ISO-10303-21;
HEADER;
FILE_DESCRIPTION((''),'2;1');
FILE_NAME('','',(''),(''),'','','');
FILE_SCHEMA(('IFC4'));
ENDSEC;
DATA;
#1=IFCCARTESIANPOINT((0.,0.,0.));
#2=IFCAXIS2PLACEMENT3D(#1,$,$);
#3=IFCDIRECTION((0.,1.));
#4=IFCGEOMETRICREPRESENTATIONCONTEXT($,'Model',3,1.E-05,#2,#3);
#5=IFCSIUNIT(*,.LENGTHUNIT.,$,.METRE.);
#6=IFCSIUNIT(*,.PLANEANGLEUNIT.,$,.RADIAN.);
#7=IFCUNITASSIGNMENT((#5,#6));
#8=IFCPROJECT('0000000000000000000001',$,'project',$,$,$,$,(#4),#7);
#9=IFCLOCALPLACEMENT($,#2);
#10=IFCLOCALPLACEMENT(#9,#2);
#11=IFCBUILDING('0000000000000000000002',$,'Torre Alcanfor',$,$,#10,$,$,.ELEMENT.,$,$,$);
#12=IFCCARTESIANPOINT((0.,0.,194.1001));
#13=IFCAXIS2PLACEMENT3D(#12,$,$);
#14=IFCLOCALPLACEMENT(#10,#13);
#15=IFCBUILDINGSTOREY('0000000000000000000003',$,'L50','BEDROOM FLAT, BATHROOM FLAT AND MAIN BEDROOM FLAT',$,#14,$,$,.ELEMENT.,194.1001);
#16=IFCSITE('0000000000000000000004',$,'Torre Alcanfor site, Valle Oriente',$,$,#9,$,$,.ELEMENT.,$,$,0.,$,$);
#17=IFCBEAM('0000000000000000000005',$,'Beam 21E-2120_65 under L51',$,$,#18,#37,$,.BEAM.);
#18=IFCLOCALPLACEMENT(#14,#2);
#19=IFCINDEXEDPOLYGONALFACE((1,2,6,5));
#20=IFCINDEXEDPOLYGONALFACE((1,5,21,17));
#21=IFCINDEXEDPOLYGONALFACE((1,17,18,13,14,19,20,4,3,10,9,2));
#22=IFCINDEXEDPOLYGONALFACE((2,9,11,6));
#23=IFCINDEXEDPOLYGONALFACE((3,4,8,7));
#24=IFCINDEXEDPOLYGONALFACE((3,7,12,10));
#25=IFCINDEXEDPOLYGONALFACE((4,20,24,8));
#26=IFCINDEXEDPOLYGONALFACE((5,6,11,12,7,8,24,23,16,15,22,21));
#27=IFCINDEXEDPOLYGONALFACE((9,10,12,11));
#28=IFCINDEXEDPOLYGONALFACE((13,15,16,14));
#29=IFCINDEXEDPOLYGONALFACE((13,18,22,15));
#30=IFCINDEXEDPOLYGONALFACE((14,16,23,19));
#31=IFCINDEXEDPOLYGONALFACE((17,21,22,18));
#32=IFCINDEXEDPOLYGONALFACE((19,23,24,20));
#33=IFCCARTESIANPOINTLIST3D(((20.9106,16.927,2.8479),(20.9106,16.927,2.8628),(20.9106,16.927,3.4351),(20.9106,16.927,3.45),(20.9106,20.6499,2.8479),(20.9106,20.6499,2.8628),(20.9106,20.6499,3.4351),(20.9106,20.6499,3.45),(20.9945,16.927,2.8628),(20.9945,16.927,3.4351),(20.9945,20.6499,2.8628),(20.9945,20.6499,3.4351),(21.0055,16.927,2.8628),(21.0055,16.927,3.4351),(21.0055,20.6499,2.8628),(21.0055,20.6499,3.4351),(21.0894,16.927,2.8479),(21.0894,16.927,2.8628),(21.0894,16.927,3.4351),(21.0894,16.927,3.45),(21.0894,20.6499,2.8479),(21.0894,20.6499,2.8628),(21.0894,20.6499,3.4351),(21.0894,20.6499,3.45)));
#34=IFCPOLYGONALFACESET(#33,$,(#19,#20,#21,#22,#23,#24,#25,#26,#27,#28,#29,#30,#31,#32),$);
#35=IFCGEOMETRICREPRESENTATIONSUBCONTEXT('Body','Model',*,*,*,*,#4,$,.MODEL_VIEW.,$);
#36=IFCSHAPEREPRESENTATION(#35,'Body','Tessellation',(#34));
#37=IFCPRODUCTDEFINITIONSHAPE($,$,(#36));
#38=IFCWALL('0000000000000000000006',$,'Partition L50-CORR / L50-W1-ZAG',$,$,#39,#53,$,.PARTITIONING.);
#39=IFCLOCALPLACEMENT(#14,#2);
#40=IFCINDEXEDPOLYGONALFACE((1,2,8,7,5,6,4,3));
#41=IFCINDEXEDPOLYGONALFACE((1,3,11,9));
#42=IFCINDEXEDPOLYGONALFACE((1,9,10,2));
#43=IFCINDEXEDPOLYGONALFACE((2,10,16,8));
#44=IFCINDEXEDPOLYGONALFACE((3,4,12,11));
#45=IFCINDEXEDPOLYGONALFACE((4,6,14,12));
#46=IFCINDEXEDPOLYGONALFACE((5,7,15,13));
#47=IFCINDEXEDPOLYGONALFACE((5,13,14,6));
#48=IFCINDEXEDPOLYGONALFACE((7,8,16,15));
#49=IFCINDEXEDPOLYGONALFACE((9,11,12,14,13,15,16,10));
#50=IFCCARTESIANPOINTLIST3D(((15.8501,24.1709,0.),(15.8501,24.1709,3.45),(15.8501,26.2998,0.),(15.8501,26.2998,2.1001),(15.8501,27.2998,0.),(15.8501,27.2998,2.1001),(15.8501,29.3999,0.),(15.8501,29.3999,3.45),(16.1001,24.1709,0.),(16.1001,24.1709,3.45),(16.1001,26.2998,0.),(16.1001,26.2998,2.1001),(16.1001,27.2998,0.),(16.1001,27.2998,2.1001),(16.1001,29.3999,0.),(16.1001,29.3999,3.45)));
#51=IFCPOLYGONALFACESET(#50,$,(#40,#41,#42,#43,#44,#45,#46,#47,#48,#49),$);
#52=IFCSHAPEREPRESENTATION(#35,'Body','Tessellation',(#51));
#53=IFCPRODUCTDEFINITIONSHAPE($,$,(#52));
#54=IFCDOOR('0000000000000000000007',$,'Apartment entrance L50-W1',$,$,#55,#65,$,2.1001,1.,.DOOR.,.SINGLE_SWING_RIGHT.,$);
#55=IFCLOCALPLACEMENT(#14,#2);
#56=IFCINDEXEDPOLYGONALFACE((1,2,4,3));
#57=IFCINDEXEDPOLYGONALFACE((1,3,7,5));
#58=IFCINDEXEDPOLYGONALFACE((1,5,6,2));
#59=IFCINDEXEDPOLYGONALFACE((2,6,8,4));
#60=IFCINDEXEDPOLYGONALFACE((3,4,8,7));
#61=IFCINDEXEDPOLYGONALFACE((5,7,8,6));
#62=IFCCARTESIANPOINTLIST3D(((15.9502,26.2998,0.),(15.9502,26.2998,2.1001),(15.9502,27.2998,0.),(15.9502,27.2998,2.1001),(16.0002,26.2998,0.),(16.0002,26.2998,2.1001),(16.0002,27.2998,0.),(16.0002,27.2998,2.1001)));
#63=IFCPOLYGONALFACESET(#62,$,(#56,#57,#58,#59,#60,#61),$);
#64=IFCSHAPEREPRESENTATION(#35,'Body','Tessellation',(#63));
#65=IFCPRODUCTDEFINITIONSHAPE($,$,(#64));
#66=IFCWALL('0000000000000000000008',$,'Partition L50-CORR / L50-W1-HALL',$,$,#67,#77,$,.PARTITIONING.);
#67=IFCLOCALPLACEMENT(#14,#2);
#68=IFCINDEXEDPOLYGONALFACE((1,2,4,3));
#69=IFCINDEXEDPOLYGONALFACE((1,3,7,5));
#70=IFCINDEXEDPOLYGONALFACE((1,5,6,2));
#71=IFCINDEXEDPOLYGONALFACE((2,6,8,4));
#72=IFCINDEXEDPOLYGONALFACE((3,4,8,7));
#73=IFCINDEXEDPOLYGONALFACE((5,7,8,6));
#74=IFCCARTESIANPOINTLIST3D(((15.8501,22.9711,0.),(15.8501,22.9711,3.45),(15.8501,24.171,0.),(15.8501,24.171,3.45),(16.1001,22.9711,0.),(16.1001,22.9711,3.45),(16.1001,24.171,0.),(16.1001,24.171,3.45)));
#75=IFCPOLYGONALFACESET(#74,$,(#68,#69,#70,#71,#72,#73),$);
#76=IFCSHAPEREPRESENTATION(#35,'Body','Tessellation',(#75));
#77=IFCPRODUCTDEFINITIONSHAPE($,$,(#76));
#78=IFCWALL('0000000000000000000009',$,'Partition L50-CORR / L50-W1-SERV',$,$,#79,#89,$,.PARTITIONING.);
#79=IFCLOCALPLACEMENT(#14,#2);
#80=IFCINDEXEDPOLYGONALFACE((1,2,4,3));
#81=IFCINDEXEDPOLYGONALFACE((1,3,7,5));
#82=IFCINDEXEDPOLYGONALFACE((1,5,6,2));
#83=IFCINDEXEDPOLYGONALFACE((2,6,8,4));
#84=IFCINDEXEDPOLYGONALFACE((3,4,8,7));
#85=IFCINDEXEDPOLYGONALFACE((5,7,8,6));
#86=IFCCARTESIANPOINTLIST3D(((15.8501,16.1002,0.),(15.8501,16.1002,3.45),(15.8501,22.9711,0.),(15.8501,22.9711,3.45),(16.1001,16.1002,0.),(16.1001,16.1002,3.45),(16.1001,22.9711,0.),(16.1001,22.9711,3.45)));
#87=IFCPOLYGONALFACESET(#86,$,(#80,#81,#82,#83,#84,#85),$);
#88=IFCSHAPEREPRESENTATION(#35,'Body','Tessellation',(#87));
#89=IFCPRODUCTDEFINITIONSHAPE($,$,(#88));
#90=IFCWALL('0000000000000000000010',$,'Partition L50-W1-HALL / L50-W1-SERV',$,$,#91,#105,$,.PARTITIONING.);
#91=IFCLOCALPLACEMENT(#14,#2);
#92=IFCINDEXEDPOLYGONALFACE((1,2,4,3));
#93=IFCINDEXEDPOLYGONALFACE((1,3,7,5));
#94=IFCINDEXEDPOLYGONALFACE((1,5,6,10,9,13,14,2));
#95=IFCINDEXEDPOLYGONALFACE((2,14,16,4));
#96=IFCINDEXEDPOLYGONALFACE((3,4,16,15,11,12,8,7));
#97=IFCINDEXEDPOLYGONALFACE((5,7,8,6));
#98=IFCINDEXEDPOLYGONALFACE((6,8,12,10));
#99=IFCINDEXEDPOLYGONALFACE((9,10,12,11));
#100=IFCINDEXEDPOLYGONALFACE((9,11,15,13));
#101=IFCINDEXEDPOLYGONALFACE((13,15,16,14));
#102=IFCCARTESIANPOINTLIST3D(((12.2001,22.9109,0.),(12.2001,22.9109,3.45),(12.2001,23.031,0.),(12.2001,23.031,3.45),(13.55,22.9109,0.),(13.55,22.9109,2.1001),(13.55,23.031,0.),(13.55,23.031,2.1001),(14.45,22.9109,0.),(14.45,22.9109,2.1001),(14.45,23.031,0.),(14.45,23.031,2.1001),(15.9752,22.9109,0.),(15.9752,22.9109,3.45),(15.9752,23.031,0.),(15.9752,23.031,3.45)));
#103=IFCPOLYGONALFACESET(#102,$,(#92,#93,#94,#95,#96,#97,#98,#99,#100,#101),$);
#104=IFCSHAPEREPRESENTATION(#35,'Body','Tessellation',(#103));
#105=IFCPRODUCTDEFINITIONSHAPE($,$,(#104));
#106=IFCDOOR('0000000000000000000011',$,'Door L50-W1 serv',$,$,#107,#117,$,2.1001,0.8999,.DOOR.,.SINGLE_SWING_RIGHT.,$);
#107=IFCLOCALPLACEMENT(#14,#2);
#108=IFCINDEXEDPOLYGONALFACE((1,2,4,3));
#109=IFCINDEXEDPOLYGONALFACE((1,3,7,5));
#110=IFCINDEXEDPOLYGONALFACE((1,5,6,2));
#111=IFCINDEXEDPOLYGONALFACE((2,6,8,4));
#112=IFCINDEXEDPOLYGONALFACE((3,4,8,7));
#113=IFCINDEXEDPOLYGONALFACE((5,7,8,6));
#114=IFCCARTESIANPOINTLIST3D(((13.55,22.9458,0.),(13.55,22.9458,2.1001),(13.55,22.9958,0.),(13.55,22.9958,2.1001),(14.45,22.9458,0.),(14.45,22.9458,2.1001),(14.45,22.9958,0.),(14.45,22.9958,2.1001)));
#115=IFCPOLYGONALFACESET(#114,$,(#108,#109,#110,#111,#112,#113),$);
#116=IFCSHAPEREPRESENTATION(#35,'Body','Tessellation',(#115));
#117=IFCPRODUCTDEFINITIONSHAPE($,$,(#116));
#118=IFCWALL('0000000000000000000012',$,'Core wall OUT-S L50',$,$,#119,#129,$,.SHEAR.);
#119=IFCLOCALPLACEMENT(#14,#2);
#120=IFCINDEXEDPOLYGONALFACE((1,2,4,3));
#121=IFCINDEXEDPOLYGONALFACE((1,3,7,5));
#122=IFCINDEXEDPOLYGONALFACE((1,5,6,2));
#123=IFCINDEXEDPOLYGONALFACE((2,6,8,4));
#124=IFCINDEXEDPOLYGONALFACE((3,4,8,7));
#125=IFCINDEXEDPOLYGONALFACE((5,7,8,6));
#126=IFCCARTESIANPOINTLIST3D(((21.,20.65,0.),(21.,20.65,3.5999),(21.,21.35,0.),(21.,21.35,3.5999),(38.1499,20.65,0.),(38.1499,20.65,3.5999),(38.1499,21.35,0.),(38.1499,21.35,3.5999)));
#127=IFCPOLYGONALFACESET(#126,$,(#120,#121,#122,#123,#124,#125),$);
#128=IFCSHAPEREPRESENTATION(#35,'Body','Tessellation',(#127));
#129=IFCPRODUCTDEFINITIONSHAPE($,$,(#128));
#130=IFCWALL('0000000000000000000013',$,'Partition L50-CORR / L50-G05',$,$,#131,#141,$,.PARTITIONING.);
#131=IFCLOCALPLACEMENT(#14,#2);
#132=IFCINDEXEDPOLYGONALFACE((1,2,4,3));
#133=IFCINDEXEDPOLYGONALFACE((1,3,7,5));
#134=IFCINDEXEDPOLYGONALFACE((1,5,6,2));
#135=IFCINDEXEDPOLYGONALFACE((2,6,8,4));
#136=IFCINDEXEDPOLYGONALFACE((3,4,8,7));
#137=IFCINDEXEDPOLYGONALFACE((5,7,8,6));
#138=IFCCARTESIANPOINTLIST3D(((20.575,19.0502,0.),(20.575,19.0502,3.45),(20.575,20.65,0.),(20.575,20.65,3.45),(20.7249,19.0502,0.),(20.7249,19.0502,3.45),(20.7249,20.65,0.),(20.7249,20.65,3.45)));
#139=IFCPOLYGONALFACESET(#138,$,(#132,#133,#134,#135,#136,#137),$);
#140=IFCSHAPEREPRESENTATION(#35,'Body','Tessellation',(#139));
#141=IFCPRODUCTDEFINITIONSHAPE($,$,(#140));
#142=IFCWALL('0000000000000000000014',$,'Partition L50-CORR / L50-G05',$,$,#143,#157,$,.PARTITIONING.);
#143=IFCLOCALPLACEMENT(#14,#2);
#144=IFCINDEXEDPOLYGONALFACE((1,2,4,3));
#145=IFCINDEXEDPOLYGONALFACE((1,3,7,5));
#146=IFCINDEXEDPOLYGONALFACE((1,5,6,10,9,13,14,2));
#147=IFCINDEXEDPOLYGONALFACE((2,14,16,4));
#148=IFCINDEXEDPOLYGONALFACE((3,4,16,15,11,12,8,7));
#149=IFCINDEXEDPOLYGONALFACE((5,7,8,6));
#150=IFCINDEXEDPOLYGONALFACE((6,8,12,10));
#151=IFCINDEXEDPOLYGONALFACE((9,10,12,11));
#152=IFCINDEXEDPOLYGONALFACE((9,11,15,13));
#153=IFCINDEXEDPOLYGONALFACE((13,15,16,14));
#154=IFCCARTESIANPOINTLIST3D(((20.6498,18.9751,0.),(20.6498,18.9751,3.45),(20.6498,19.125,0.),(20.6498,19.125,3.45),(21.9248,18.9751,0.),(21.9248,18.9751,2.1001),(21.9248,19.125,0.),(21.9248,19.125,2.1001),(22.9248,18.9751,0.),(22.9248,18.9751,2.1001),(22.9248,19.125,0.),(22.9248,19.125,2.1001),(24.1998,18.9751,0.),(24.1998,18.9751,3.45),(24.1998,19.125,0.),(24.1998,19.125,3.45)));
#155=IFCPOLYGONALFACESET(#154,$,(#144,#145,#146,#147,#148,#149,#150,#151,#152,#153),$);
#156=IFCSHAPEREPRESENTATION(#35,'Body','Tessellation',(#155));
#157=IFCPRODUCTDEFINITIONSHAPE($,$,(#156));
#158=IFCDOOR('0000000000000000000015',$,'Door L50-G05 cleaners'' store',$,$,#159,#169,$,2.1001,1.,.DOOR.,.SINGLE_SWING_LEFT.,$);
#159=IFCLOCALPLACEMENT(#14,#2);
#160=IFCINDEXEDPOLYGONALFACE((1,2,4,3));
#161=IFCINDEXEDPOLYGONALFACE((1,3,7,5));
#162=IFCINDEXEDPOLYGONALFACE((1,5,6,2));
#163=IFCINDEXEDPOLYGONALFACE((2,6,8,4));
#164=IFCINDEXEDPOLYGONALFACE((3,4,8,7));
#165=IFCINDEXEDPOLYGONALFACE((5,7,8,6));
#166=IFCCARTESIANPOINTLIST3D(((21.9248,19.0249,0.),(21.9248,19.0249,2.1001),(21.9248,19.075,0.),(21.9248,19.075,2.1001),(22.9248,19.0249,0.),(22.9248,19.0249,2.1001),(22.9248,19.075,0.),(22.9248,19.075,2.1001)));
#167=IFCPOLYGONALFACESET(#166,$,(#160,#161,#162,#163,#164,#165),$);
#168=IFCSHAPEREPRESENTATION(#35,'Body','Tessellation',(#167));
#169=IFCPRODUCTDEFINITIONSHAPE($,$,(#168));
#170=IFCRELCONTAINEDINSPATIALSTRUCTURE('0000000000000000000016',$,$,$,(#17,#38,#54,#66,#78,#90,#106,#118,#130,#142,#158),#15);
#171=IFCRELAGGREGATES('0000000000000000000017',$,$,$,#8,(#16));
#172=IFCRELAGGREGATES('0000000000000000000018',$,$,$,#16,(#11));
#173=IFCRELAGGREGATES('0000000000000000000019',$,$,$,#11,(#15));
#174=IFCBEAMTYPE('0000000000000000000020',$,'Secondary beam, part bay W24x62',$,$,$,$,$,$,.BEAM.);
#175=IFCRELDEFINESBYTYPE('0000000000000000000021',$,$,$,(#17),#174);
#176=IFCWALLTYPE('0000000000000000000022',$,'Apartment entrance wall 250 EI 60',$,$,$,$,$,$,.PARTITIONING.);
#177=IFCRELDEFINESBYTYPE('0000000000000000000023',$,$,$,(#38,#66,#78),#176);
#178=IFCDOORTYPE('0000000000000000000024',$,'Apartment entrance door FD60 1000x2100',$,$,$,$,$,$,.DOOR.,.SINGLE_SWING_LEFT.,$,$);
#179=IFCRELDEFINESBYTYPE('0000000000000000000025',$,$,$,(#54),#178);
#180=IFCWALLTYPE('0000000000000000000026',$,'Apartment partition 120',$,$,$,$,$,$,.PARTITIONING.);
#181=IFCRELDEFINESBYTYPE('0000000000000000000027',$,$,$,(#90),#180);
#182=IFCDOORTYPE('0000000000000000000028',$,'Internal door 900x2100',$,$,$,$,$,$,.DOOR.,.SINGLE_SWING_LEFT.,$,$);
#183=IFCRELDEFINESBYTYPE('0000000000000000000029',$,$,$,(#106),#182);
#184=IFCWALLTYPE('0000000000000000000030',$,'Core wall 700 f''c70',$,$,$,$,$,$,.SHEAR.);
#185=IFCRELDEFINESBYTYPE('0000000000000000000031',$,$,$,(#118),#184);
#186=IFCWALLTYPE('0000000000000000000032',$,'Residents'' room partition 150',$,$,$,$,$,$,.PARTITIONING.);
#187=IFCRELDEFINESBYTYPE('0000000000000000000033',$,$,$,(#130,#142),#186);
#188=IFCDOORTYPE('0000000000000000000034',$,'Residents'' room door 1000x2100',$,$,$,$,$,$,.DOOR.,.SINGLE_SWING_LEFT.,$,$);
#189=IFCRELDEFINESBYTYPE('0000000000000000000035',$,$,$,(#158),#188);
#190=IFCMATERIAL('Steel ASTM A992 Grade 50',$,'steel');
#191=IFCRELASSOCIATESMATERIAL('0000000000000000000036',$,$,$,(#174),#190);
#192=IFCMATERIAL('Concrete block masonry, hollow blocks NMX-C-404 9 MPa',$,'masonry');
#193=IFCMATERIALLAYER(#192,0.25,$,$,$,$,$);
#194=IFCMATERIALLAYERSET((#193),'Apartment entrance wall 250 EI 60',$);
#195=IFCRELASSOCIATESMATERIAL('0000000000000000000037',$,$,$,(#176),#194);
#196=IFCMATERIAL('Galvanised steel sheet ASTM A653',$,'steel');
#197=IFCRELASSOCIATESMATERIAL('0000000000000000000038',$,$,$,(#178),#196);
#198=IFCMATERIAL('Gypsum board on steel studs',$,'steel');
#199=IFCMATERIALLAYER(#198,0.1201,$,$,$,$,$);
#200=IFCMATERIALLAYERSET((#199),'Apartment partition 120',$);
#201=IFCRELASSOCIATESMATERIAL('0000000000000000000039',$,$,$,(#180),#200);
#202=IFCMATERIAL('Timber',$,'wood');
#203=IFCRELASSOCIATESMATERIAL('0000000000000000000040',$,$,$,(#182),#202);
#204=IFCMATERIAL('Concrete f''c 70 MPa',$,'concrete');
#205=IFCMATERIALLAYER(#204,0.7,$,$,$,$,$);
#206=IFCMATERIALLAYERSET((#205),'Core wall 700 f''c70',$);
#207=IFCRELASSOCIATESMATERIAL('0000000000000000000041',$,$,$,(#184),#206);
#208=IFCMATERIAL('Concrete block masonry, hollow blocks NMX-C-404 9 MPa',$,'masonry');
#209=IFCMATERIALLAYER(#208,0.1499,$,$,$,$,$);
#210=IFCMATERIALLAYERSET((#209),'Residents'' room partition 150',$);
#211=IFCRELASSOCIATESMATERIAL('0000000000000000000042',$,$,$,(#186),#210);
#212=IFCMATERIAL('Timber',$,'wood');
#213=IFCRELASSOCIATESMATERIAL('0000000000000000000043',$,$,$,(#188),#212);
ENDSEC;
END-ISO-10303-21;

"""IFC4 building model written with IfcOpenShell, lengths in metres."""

from ifc_helpers import new_model, si_unit, direction, frame, frame_2d, origin, origin_2d, place, context, subcontext, project, spatial, rectangle, i_section, extrude, material, layer, layer_set, material_profile, profile_set, type_object, element, fill, save


model = new_model("IFC4")

# Units and contexts
model_context = context("Model", 3, precision=1e-05, world=origin(), true_north=direction((0.0, 1.0)))
body_context = subcontext(model_context, "Body", "Model", "MODEL_VIEW")
ifc_project = project(units=[si_unit("LENGTHUNIT", "METRE"), si_unit("PLANEANGLEUNIT", "RADIAN")], contexts=[model_context])

# Site, building, storey
site_placement = place(None, origin())
site = spatial("IfcSite", under=ifc_project, at=site_placement, Name="Torre Alcanfor site, Valle Oriente", CompositionType="ELEMENT", RefElevation=0.0)
building_placement = place(site_placement, origin())
building = spatial("IfcBuilding", under=site, at=building_placement, Name="Torre Alcanfor", CompositionType="ELEMENT")
storey_placement = place(building_placement, frame((0.0, 0.0, 194.1001)))
storey = spatial("IfcBuildingStorey", under=building, at=storey_placement, Name="L50", Description="BEDROOM FLAT, BATHROOM FLAT AND MAIN BEDROOM FLAT", CompositionType="ELEMENT", Elevation=194.1001)

# Beam
ifc_material_1 = material(Name="Steel ASTM A992 Grade 50", Category="steel")
ifc_material_profile_1 = material_profile(ifc_material_1, i_section(OverallWidth=0.1787, OverallDepth=0.6021, WebThickness=0.011, FlangeThickness=0.0149, at=origin_2d()), Name="W24x62")
ifc_profile_set_1 = profile_set([ifc_material_profile_1], Name="Steel ASTM A992 Grade 50")
beam_type_1 = type_object("IfcBeamType", Name="Secondary beam, part bay W24x62", PredefinedType="BEAM", material=ifc_profile_set_1)
beam_1_placement = place(storey_placement, frame((21.0, 16.927, 3.1489), z_axis=(0.0, 1.0, 0.0), x_axis=(-1.0, 0.0, 0.0)))
element("IfcBeam", 1, at=beam_1_placement, inside=storey, type_object=beam_type_1, Name="Beam 21E-2120_65 under L51", PredefinedType="BEAM", context=body_context, shape_type="SweptSolid", body=[
    extrude(i_section(OverallWidth=0.1787, OverallDepth=0.6021, WebThickness=0.011, FlangeThickness=0.0149, at=origin_2d()), origin(), (0.0, 0.0, 1.0), 3.7229),
])

# Wall, opening, door
ifc_material_2 = material(Name="Concrete block masonry, hollow blocks NMX-C-404 9 MPa", Category="masonry")
ifc_layer_1 = layer(ifc_material_2, 0.25)
ifc_layer_set_1 = layer_set([ifc_layer_1], Name="Apartment entrance wall 250 EI 60")
wall_type_1 = type_object("IfcWallType", Name="Apartment entrance wall 250 EI 60", PredefinedType="PARTITIONING", material=ifc_layer_set_1)
wall_1_placement = place(storey_placement, frame((15.9751, 24.1709, 0.0), z_axis=(0.0, 0.0, 1.0), x_axis=(0.0, 1.0, 0.0)))
wall_1 = element("IfcWall", 2, at=wall_1_placement, inside=storey, type_object=wall_type_1, Name="Partition L50-CORR / L50-W1-ZAG", PredefinedType="PARTITIONING", context=body_context, shape_type="SweptSolid", body=[
    extrude(rectangle(XDim=5.229, YDim=0.25, at=frame_2d((2.6145, 0.0))), origin(), (0.0, 0.0, 1.0), 3.45),
])
opening_1_placement = place(wall_1_placement, frame((2.1289, 0.0, 0.0)))
opening_1 = element("IfcOpeningElement", 3, at=opening_1_placement, cuts=wall_1, PredefinedType="OPENING", context=body_context, shape_type="SweptSolid", body=[
    extrude(rectangle(XDim=1.0, YDim=2.1001, at=frame_2d((0.5, 1.05))), frame((0.0, 0.135, 0.0), z_axis=(0.0, -1.0, 0.0), x_axis=(1.0, 0.0, 0.0)), (0.0, 0.0, 1.0), 0.27),
])
ifc_material_3 = material(Name="Galvanised steel sheet ASTM A653", Category="steel")
door_type_1 = type_object("IfcDoorType", Name="Apartment entrance door FD60 1000x2100", OperationType="SINGLE_SWING_LEFT", PredefinedType="DOOR", material=ifc_material_3)
door_1_placement = place(opening_1_placement, origin())
door_1 = element("IfcDoor", 4, at=door_1_placement, inside=storey, type_object=door_type_1, Name="Apartment entrance L50-W1", OperationType="SINGLE_SWING_RIGHT", OverallHeight=2.1001, OverallWidth=1.0, PredefinedType="DOOR", context=body_context, shape_type="SweptSolid", body=[
    extrude(rectangle(XDim=1.0, YDim=2.1001, at=frame_2d((0.5, 1.05))), frame((0.0, 0.0249, 0.0), z_axis=(0.0, -1.0, 0.0), x_axis=(1.0, 0.0, 0.0)), (0.0, 0.0, 1.0), 0.05),
])
fill(opening_1, door_1)

# Walls
wall_2_placement = place(storey_placement, frame((15.9751, 22.9709, 0.0), z_axis=(0.0, 0.0, 1.0), x_axis=(0.0, 1.0, 0.0)))
element("IfcWall", 5, at=wall_2_placement, inside=storey, type_object=wall_type_1, Name="Partition L50-CORR / L50-W1-HALL", PredefinedType="PARTITIONING", context=body_context, shape_type="SweptSolid", body=[
    extrude(rectangle(XDim=1.2, YDim=0.25, at=frame_2d((0.6001, 0.0))), origin(), (0.0, 0.0, 1.0), 3.45),
])
wall_3_placement = place(storey_placement, frame((15.9751, 16.1001, 0.0), z_axis=(0.0, 0.0, 1.0), x_axis=(0.0, 1.0, 0.0)))
element("IfcWall", 6, at=wall_3_placement, inside=storey, type_object=wall_type_1, Name="Partition L50-CORR / L50-W1-SERV", PredefinedType="PARTITIONING", context=body_context, shape_type="SweptSolid", body=[
    extrude(rectangle(XDim=6.8708, YDim=0.25, at=frame_2d((3.4355, 0.0))), origin(), (0.0, 0.0, 1.0), 3.45),
])

# Wall, opening, door
ifc_material_4 = material(Name="Gypsum board on steel studs", Category="steel")
ifc_layer_2 = layer(ifc_material_4, 0.1201)
ifc_layer_set_2 = layer_set([ifc_layer_2], Name="Apartment partition 120")
wall_type_2 = type_object("IfcWallType", Name="Apartment partition 120", PredefinedType="PARTITIONING", material=ifc_layer_set_2)
wall_4_placement = place(storey_placement, frame((12.2, 22.9709, 0.0), z_axis=(0.0, 0.0, 1.0), x_axis=(1.0, 0.0, 0.0)))
wall_4 = element("IfcWall", 7, at=wall_4_placement, inside=storey, type_object=wall_type_2, Name="Partition L50-W1-HALL / L50-W1-SERV", PredefinedType="PARTITIONING", context=body_context, shape_type="SweptSolid", body=[
    extrude(rectangle(XDim=3.7751, YDim=0.1201, at=frame_2d((1.8877, 0.0))), origin(), (0.0, 0.0, 1.0), 3.45),
])
opening_2_placement = place(wall_4_placement, frame((1.3501, 0.0, 0.0)))
opening_2 = element("IfcOpeningElement", 8, at=opening_2_placement, cuts=wall_4, PredefinedType="OPENING", context=body_context, shape_type="SweptSolid", body=[
    extrude(rectangle(XDim=0.8999, YDim=2.1001, at=frame_2d((0.45, 1.05))), frame((0.0, 0.0701, 0.0), z_axis=(0.0, -1.0, 0.0), x_axis=(1.0, 0.0, 0.0)), (0.0, 0.0, 1.0), 0.1401),
])
ifc_material_5 = material(Name="Timber", Category="wood")
door_type_2 = type_object("IfcDoorType", Name="Internal door 900x2100", OperationType="SINGLE_SWING_LEFT", PredefinedType="DOOR", material=ifc_material_5)
door_2_placement = place(opening_2_placement, frame((0.8999, 0.0, 0.0), z_axis=(0.0, 0.0, 1.0), x_axis=(-1.0, 0.0, 0.0)))
door_2 = element("IfcDoor", 9, at=door_2_placement, inside=storey, type_object=door_type_2, Name="Door L50-W1 serv", OperationType="SINGLE_SWING_RIGHT", OverallHeight=2.1001, OverallWidth=0.8999, PredefinedType="DOOR", context=body_context, shape_type="SweptSolid", body=[
    extrude(rectangle(XDim=0.8999, YDim=2.1001, at=frame_2d((0.45, 1.05))), frame((0.0, 0.0251, 0.0), z_axis=(0.0, -1.0, 0.0), x_axis=(1.0, 0.0, 0.0)), (0.0, 0.0, 1.0), 0.05),
])
fill(opening_2, door_2)

# Walls
ifc_material_6 = material(Name="Concrete f'c 70 MPa", Category="concrete")
ifc_layer_3 = layer(ifc_material_6, 0.7)
ifc_layer_set_3 = layer_set([ifc_layer_3], Name="Core wall 700 f'c70")
wall_type_3 = type_object("IfcWallType", Name="Core wall 700 f'c70", PredefinedType="SHEAR", material=ifc_layer_set_3)
wall_5_placement = place(storey_placement, frame((21.0, 21.0, 0.0), z_axis=(0.0, 0.0, 1.0), x_axis=(1.0, 0.0, 0.0)))
element("IfcWall", 10, at=wall_5_placement, inside=storey, type_object=wall_type_3, Name="Core wall OUT-S L50", PredefinedType="SHEAR", context=body_context, shape_type="SweptSolid", body=[
    extrude(rectangle(XDim=17.1499, YDim=0.7, at=frame_2d((8.575, 0.0))), origin(), (0.0, 0.0, 1.0), 3.5999),
])
ifc_material_7 = material(Name="Concrete block masonry, hollow blocks NMX-C-404 9 MPa", Category="masonry")
ifc_layer_4 = layer(ifc_material_7, 0.1499)
ifc_layer_set_4 = layer_set([ifc_layer_4], Name="Residents' room partition 150")
wall_type_4 = type_object("IfcWallType", Name="Residents' room partition 150", PredefinedType="PARTITIONING", material=ifc_layer_set_4)
wall_6_placement = place(storey_placement, frame((20.6499, 20.6499, 0.0), z_axis=(0.0, 0.0, 1.0), x_axis=(0.0, -1.0, 0.0)))
element("IfcWall", 11, at=wall_6_placement, inside=storey, type_object=wall_type_4, Name="Partition L50-CORR / L50-G05", PredefinedType="PARTITIONING", context=body_context, shape_type="SweptSolid", body=[
    extrude(rectangle(XDim=1.5999, YDim=0.1499, at=frame_2d((0.7998, 0.0))), origin(), (0.0, 0.0, 1.0), 3.45),
])

# Wall, opening, door
wall_7_placement = place(storey_placement, frame((20.6499, 19.05, 0.0), z_axis=(0.0, 0.0, 1.0), x_axis=(1.0, 0.0, 0.0)))
wall_7 = element("IfcWall", 12, at=wall_7_placement, inside=storey, type_object=wall_type_4, Name="Partition L50-CORR / L50-G05", PredefinedType="PARTITIONING", context=body_context, shape_type="SweptSolid", body=[
    extrude(rectangle(XDim=3.55, YDim=0.1499, at=frame_2d((1.7749, 0.0))), origin(), (0.0, 0.0, 1.0), 3.45),
])
opening_3_placement = place(wall_7_placement, frame((1.2749, 0.0, 0.0)))
opening_3 = element("IfcOpeningElement", 13, at=opening_3_placement, cuts=wall_7, PredefinedType="OPENING", context=body_context, shape_type="SweptSolid", body=[
    extrude(rectangle(XDim=1.0, YDim=2.1001, at=frame_2d((0.5, 1.05))), frame((0.0, 0.085, 0.0), z_axis=(0.0, -1.0, 0.0), x_axis=(1.0, 0.0, 0.0)), (0.0, 0.0, 1.0), 0.1699),
])
ifc_material_8 = material(Name="Timber", Category="wood")
door_type_3 = type_object("IfcDoorType", Name="Residents' room door 1000x2100", OperationType="SINGLE_SWING_LEFT", PredefinedType="DOOR", material=ifc_material_8)
door_3_placement = place(opening_3_placement, origin())
door_3 = element("IfcDoor", 14, at=door_3_placement, inside=storey, type_object=door_type_3, Name="Door L50-G05 cleaners' store", OperationType="SINGLE_SWING_LEFT", OverallHeight=2.1001, OverallWidth=1.0, PredefinedType="DOOR", context=body_context, shape_type="SweptSolid", body=[
    extrude(rectangle(XDim=1.0, YDim=2.1001, at=frame_2d((0.5, 1.05))), frame((0.0, 0.0249, 0.0), z_axis=(0.0, -1.0, 0.0), x_axis=(1.0, 0.0, 0.0)), (0.0, 0.0, 1.0), 0.05),
])
fill(opening_3, door_3)

save(model, "model.ifc")
